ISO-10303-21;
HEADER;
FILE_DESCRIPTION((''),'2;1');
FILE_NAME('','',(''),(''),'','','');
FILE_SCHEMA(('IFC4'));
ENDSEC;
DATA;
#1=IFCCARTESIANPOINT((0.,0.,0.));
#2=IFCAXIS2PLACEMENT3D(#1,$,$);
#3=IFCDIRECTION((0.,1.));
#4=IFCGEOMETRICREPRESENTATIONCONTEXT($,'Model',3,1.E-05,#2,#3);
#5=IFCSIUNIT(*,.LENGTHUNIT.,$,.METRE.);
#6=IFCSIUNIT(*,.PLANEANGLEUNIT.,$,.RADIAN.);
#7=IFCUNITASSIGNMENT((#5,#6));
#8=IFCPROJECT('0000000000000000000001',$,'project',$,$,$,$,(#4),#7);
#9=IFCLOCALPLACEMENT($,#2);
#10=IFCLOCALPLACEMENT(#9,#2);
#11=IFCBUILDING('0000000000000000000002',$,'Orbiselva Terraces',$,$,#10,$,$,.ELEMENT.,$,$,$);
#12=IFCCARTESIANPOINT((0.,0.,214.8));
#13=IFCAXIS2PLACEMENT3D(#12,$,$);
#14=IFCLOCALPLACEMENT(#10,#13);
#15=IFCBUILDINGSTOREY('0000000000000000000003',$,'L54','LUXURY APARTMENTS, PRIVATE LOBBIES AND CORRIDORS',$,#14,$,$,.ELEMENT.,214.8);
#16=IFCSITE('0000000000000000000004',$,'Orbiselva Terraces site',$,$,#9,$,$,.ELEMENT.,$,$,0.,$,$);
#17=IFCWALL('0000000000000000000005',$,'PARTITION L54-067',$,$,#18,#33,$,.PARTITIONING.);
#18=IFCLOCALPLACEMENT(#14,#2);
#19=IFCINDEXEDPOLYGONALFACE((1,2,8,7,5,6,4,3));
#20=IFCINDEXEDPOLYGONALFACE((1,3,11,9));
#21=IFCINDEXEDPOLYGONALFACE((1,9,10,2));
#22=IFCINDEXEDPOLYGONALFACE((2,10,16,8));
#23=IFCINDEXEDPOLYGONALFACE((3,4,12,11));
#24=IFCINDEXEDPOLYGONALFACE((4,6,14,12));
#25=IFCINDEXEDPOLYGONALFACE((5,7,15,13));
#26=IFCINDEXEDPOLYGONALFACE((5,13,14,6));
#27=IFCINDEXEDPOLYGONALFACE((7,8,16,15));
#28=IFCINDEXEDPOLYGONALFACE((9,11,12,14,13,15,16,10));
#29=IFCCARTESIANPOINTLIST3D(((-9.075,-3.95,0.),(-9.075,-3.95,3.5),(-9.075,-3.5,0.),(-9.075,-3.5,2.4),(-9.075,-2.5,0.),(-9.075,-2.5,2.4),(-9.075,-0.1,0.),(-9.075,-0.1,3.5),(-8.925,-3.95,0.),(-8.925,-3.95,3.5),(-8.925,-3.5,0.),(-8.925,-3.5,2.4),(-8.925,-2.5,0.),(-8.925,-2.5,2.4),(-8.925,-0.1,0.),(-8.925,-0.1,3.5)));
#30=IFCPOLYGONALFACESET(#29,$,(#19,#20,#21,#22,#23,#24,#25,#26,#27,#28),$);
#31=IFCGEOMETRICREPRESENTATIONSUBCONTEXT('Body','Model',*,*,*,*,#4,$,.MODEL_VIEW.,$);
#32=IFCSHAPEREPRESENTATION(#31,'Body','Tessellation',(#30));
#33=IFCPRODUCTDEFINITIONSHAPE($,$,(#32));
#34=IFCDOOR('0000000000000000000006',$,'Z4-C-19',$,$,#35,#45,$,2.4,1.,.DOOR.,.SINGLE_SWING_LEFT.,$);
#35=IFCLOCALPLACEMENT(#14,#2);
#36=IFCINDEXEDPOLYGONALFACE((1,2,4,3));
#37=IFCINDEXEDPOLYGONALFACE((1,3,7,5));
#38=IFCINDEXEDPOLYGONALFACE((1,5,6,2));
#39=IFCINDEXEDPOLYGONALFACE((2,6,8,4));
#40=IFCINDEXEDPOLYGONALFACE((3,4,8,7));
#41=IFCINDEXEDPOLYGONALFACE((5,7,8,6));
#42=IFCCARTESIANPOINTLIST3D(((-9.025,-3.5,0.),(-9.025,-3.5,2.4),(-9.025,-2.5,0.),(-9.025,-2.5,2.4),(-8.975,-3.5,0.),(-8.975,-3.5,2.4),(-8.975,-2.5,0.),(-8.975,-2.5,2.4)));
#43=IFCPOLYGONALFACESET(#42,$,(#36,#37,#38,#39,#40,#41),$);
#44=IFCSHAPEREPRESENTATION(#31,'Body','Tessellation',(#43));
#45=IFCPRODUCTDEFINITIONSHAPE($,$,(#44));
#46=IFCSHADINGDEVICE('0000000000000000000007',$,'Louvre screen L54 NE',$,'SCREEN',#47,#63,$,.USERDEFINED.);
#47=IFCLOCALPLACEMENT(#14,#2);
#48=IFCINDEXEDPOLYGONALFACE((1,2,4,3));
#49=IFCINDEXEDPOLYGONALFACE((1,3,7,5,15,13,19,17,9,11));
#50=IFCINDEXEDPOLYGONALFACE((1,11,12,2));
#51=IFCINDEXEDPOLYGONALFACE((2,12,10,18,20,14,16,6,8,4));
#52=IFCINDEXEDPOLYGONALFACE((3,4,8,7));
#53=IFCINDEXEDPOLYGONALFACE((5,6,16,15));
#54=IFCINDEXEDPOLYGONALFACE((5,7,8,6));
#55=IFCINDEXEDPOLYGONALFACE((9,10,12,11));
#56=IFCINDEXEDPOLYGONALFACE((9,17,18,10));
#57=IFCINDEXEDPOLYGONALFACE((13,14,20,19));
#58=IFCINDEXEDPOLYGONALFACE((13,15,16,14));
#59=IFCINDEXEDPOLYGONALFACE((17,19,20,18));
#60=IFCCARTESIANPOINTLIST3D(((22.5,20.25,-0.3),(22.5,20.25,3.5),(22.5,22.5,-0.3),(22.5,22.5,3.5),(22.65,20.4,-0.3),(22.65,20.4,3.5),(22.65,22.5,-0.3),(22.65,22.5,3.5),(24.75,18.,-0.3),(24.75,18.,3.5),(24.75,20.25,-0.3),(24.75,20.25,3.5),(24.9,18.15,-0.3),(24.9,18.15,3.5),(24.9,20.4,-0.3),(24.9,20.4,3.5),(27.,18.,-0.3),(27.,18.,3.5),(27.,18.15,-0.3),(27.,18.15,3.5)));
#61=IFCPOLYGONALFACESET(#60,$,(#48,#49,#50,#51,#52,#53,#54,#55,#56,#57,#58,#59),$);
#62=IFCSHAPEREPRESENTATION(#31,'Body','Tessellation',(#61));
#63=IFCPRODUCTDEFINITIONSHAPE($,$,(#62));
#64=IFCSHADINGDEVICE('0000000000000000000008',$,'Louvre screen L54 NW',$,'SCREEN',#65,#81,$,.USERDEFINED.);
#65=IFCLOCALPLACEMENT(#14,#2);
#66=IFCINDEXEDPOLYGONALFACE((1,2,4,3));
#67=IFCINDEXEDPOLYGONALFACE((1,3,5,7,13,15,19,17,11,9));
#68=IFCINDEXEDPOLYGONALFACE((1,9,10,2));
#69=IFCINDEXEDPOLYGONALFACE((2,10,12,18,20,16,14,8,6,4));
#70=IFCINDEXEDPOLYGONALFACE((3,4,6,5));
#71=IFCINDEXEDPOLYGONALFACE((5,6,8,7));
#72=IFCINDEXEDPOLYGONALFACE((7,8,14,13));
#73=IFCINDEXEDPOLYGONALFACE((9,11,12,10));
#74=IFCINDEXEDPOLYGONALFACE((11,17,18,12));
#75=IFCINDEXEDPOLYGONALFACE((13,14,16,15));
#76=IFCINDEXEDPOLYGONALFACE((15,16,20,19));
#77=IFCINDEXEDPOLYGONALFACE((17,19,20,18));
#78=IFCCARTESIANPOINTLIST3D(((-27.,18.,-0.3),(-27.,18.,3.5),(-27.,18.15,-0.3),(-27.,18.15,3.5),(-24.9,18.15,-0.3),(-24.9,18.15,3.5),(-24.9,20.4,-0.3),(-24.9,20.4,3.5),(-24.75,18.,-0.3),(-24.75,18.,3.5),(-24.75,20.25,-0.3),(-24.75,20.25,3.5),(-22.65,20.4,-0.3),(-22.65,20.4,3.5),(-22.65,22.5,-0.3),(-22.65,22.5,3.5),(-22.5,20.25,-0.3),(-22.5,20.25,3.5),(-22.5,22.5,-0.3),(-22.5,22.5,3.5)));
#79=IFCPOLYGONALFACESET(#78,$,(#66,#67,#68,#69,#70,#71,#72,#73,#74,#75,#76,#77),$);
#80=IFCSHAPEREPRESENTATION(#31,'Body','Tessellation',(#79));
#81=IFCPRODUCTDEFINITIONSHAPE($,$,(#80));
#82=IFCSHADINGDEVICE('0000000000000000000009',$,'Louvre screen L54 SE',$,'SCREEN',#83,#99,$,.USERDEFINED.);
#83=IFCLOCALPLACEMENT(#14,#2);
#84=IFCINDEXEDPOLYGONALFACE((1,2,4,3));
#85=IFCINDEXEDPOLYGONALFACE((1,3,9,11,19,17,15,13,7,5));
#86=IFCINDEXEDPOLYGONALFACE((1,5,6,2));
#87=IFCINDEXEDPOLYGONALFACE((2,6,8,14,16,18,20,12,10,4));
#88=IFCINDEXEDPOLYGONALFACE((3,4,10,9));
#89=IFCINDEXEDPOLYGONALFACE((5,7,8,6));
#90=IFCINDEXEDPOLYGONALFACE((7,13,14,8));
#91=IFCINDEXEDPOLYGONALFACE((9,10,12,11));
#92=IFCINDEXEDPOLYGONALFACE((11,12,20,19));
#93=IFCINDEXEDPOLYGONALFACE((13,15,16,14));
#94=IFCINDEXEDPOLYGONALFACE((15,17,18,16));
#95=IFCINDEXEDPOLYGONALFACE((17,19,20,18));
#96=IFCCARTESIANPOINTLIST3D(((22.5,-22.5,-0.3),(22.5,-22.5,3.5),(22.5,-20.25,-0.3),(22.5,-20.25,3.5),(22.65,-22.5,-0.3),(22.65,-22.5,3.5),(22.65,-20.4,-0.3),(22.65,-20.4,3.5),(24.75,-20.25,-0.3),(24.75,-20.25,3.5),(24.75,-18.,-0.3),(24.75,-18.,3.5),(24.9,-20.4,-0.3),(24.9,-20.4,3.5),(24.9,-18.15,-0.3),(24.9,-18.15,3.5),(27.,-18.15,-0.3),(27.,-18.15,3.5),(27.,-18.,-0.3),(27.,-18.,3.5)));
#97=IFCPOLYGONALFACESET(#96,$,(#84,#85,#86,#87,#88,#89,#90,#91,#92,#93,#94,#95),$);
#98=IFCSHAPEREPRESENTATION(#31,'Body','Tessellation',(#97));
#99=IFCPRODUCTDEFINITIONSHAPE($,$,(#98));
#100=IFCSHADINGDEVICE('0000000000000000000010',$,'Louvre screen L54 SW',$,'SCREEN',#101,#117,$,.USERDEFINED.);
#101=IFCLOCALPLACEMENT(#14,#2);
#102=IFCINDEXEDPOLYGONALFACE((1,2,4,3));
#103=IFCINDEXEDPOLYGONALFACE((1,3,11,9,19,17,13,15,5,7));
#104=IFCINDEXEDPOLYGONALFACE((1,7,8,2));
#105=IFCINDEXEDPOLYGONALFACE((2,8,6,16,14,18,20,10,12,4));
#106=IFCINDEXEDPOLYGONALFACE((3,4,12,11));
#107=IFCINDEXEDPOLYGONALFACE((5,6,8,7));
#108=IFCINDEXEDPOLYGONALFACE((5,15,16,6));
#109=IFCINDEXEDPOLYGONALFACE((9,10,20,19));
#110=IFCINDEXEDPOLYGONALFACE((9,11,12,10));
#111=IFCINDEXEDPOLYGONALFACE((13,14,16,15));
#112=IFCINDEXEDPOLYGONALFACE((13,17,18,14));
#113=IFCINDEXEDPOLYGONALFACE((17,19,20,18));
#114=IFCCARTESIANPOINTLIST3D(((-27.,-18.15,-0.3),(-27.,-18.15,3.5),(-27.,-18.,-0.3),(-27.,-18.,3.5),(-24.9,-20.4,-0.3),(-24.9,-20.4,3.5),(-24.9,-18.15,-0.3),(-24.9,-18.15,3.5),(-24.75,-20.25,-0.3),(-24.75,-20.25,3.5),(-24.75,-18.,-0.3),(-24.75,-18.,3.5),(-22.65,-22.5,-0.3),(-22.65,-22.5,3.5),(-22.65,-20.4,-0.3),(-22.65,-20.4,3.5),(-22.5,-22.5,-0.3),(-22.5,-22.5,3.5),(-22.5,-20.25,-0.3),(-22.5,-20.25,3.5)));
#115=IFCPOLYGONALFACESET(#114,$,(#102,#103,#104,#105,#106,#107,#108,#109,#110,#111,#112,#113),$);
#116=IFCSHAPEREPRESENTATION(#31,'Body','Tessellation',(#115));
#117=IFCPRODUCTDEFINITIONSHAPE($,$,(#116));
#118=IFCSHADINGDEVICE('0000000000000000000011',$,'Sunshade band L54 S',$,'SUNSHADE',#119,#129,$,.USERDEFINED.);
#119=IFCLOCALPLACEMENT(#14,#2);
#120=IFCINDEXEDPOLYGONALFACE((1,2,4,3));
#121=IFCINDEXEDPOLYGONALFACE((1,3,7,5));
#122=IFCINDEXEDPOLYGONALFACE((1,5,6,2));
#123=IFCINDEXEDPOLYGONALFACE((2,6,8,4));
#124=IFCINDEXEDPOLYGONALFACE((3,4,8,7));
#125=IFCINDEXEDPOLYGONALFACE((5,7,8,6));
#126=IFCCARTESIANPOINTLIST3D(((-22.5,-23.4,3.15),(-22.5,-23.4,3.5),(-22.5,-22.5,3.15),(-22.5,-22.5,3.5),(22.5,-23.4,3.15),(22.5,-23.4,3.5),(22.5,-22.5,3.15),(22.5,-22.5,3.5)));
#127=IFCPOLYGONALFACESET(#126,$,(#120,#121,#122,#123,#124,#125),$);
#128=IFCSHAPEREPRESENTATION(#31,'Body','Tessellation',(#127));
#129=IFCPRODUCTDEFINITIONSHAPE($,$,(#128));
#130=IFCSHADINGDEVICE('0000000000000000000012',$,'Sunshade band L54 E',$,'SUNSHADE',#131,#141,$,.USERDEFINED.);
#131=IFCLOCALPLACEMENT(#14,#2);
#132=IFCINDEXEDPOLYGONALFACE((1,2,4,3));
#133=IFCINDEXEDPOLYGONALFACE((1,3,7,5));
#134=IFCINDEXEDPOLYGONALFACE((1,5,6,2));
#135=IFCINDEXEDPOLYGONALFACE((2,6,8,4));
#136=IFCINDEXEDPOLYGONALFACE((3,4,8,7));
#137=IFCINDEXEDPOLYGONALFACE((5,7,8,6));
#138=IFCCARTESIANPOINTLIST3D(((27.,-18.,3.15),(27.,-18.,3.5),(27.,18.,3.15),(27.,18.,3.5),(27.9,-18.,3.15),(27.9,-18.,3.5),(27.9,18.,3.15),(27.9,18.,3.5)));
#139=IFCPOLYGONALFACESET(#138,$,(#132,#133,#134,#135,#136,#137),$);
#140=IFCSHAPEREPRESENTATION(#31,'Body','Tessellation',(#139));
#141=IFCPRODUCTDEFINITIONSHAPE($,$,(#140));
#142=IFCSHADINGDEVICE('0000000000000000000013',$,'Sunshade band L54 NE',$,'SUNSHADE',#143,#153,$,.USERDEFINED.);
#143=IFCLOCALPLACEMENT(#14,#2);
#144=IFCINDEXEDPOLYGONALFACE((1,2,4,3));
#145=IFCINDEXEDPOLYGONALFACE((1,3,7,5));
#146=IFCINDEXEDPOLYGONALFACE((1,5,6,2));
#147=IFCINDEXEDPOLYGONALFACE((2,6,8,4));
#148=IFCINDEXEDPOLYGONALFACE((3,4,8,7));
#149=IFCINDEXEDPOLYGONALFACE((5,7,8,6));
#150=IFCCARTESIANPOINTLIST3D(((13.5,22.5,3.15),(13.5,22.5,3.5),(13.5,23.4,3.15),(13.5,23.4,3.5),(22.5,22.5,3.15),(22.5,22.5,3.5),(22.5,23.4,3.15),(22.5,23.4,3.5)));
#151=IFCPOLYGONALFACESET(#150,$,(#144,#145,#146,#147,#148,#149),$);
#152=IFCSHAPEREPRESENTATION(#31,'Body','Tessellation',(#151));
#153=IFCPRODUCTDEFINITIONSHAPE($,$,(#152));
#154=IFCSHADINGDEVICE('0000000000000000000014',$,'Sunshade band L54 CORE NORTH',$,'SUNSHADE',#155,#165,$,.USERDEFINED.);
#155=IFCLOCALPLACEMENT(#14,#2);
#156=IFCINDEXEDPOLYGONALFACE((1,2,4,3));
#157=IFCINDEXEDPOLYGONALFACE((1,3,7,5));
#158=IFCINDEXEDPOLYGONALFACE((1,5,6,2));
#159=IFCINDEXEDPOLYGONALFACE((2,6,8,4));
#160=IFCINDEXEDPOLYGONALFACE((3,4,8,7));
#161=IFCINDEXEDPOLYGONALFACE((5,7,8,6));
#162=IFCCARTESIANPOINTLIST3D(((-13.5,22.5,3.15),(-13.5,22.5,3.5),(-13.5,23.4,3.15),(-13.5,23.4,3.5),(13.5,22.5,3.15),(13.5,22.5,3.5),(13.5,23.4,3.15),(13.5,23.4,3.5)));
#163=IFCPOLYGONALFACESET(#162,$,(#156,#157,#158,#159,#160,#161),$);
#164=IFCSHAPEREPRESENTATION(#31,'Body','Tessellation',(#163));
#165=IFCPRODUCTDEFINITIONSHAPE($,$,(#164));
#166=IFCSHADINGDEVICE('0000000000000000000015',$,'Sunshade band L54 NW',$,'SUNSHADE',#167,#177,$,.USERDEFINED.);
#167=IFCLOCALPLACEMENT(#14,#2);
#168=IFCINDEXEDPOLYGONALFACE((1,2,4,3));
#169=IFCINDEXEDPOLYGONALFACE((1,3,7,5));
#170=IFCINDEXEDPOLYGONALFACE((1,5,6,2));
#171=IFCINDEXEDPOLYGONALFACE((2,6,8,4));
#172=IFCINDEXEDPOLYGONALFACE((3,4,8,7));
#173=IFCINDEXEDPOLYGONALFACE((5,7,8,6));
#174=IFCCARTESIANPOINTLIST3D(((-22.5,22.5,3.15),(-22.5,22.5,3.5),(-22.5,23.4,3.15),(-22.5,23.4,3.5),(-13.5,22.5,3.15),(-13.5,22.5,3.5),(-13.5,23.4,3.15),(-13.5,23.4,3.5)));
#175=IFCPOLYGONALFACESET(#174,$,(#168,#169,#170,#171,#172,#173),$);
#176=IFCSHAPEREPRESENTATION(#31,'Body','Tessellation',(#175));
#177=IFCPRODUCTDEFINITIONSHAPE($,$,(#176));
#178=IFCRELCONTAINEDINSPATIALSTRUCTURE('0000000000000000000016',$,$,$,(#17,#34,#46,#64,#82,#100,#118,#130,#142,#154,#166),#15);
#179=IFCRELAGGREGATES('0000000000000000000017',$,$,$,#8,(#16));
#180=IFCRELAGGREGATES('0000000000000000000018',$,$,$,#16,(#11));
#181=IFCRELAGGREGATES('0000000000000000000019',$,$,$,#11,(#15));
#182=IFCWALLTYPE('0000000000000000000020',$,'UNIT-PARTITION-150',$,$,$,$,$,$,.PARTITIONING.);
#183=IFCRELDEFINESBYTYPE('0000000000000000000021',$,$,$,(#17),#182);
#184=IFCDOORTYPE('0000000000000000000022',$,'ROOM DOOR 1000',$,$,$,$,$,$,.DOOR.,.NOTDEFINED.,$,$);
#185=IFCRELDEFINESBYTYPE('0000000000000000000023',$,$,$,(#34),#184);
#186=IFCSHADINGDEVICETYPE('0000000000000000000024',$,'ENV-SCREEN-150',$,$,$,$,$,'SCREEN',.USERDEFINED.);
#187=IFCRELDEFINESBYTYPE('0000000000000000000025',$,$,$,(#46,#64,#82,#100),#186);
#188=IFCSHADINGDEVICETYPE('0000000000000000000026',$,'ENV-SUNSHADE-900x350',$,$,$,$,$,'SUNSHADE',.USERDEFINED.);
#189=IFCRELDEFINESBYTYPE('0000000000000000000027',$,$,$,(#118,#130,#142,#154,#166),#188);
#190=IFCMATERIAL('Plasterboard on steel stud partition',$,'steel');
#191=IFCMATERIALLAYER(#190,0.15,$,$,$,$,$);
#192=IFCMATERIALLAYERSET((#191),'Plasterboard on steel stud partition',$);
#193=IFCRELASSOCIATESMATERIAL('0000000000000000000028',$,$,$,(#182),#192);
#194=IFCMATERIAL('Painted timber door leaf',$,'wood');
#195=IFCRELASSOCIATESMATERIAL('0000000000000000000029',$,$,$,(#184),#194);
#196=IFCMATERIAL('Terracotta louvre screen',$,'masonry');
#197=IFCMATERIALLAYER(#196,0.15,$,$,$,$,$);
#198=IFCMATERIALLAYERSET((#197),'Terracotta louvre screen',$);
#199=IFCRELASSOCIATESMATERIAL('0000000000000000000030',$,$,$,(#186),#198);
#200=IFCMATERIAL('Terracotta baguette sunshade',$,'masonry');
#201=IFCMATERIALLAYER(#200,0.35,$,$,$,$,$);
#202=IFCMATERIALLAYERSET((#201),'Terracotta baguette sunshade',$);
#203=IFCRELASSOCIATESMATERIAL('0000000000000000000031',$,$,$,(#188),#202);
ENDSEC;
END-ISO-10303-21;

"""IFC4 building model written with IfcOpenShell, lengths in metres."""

from ifc_helpers import new_model, si_unit, direction, frame, frame_2d, origin, place, context, subcontext, project, spatial, polyline, rectangle, outline, extrude, material, layer, layer_set, type_object, element, fill, save


model = new_model("IFC4")

# Units and contexts
model_context = context("Model", 3, precision=1e-05, world=origin(), true_north=direction((0.0, 1.0)))
body_context = subcontext(model_context, "Body", "Model", "MODEL_VIEW")
ifc_project = project(units=[si_unit("LENGTHUNIT", "METRE"), si_unit("PLANEANGLEUNIT", "RADIAN")], contexts=[model_context])

# Site, building, storey
site_placement = place(None, origin())
site = spatial("IfcSite", under=ifc_project, at=site_placement, Name="Orbiselva Terraces site", CompositionType="ELEMENT", RefElevation=0.0)
building_placement = place(site_placement, origin())
building = spatial("IfcBuilding", under=site, at=building_placement, Name="Orbiselva Terraces", CompositionType="ELEMENT")
storey_placement = place(building_placement, frame((0.0, 0.0, 214.8)))
storey = spatial("IfcBuildingStorey", under=building, at=storey_placement, Name="L54", Description="LUXURY APARTMENTS, PRIVATE LOBBIES AND CORRIDORS", CompositionType="ELEMENT", Elevation=214.8)

# Wall, opening, door
ifc_material_1 = material(Name="Plasterboard on steel stud partition", Category="steel")
ifc_layer_1 = layer(ifc_material_1, 0.15)
ifc_layer_set_1 = layer_set([ifc_layer_1], Name="Plasterboard on steel stud partition")
wall_type_1 = type_object("IfcWallType", Name="UNIT-PARTITION-150", PredefinedType="PARTITIONING", material=ifc_layer_set_1)
wall_1_placement = place(storey_placement, frame((-9.0, -3.95, 0.0), z_axis=(0.0, 0.0, 1.0), x_axis=(0.0, 1.0, 0.0)))
wall_1 = element("IfcWall", 1, at=wall_1_placement, inside=storey, type_object=wall_type_1, Name="PARTITION L54-067", PredefinedType="PARTITIONING", context=body_context, shape_type="SweptSolid", body=[
    extrude(rectangle(XDim=3.85, YDim=0.15, at=frame_2d((1.925, 0.0))), origin(), (0.0, 0.0, 1.0), 3.5),
])
opening_placement = place(wall_1_placement, frame((0.45, 0.0, 0.0)))
opening = element("IfcOpeningElement", 2, at=opening_placement, cuts=wall_1, PredefinedType="OPENING", context=body_context, shape_type="SweptSolid", body=[
    extrude(rectangle(XDim=1.0, YDim=2.4, at=frame_2d((0.5, 1.2))), frame((0.0, 0.085, 0.0), z_axis=(0.0, -1.0, 0.0), x_axis=(1.0, 0.0, 0.0)), (0.0, 0.0, 1.0), 0.17),
])
ifc_material_2 = material(Name="Painted timber door leaf", Category="wood")
door_type = type_object("IfcDoorType", Name="ROOM DOOR 1000", OperationType="NOTDEFINED", PredefinedType="DOOR", material=ifc_material_2)
door_placement = place(opening_placement, origin())
door = element("IfcDoor", 3, at=door_placement, inside=storey, type_object=door_type, Name="Z4-C-19", OperationType="SINGLE_SWING_LEFT", OverallHeight=2.4, OverallWidth=1.0, PredefinedType="DOOR", context=body_context, shape_type="SweptSolid", body=[
    extrude(rectangle(XDim=1.0, YDim=2.4, at=frame_2d((0.5, 1.2))), frame((0.0, 0.025, 0.0), z_axis=(0.0, -1.0, 0.0), x_axis=(1.0, 0.0, 0.0)), (0.0, 0.0, 1.0), 0.05),
])
fill(opening, door)

# Shading devices
ifc_material_3 = material(Name="Terracotta louvre screen", Category="masonry")
ifc_layer_2 = layer(ifc_material_3, 0.15)
ifc_layer_set_2 = layer_set([ifc_layer_2], Name="Terracotta louvre screen")
shading_device_type_1 = type_object("IfcShadingDeviceType", Name="ENV-SCREEN-150", ElementType="SCREEN", PredefinedType="USERDEFINED", material=ifc_layer_set_2)
shading_device_1_placement = place(storey_placement, frame((0.0, 0.0, -0.3)))
element("IfcShadingDevice", 4, at=shading_device_1_placement, inside=storey, type_object=shading_device_type_1, Name="Louvre screen L54 NE", ObjectType="SCREEN", PredefinedType="USERDEFINED", context=body_context, shape_type="SweptSolid", body=[
    extrude(outline(polyline([(27.0, 18.15), (24.9, 18.15), (24.9, 20.4), (22.65, 20.4), (22.65, 22.5), (22.5, 22.5), (22.5, 20.25), (24.75, 20.25), (24.75, 18.0), (27.0, 18.0), (27.0, 18.15)])), origin(), (0.0, 0.0, 1.0), 3.8),
])
shading_device_2_placement = place(storey_placement, frame((0.0, 0.0, -0.3)))
element("IfcShadingDevice", 5, at=shading_device_2_placement, inside=storey, type_object=shading_device_type_1, Name="Louvre screen L54 NW", ObjectType="SCREEN", PredefinedType="USERDEFINED", context=body_context, shape_type="SweptSolid", body=[
    extrude(outline(polyline([(-22.65, 22.5), (-22.65, 20.4), (-24.9, 20.4), (-24.9, 18.15), (-27.0, 18.15), (-27.0, 18.0), (-24.75, 18.0), (-24.75, 20.25), (-22.5, 20.25), (-22.5, 22.5), (-22.65, 22.5)])), origin(), (0.0, 0.0, 1.0), 3.8),
])
shading_device_3_placement = place(storey_placement, frame((0.0, 0.0, -0.3)))
element("IfcShadingDevice", 6, at=shading_device_3_placement, inside=storey, type_object=shading_device_type_1, Name="Louvre screen L54 SE", ObjectType="SCREEN", PredefinedType="USERDEFINED", context=body_context, shape_type="SweptSolid", body=[
    extrude(outline(polyline([(22.65, -22.5), (22.65, -20.4), (24.9, -20.4), (24.9, -18.15), (27.0, -18.15), (27.0, -18.0), (24.75, -18.0), (24.75, -20.25), (22.5, -20.25), (22.5, -22.5), (22.65, -22.5)])), origin(), (0.0, 0.0, 1.0), 3.8),
])
shading_device_4_placement = place(storey_placement, frame((0.0, 0.0, -0.3)))
element("IfcShadingDevice", 7, at=shading_device_4_placement, inside=storey, type_object=shading_device_type_1, Name="Louvre screen L54 SW", ObjectType="SCREEN", PredefinedType="USERDEFINED", context=body_context, shape_type="SweptSolid", body=[
    extrude(outline(polyline([(-27.0, -18.15), (-24.9, -18.15), (-24.9, -20.4), (-22.65, -20.4), (-22.65, -22.5), (-22.5, -22.5), (-22.5, -20.25), (-24.75, -20.25), (-24.75, -18.0), (-27.0, -18.0), (-27.0, -18.15)])), origin(), (0.0, 0.0, 1.0), 3.8),
])
ifc_material_4 = material(Name="Terracotta baguette sunshade", Category="masonry")
ifc_layer_3 = layer(ifc_material_4, 0.35)
ifc_layer_set_3 = layer_set([ifc_layer_3], Name="Terracotta baguette sunshade")
shading_device_type_2 = type_object("IfcShadingDeviceType", Name="ENV-SUNSHADE-900x350", ElementType="SUNSHADE", PredefinedType="USERDEFINED", material=ifc_layer_set_3)
shading_device_5_placement = place(storey_placement, frame((0.0, 0.0, 3.15)))
element("IfcShadingDevice", 8, at=shading_device_5_placement, inside=storey, type_object=shading_device_type_2, Name="Sunshade band L54 S", ObjectType="SUNSHADE", PredefinedType="USERDEFINED", context=body_context, shape_type="SweptSolid", body=[
    extrude(outline(polyline([(-22.5, -23.4), (22.5, -23.4), (22.5, -22.5), (-22.5, -22.5), (-22.5, -23.4)])), origin(), (0.0, 0.0, 1.0), 0.35),
])
shading_device_6_placement = place(storey_placement, frame((0.0, 0.0, 3.15)))
element("IfcShadingDevice", 9, at=shading_device_6_placement, inside=storey, type_object=shading_device_type_2, Name="Sunshade band L54 E", ObjectType="SUNSHADE", PredefinedType="USERDEFINED", context=body_context, shape_type="SweptSolid", body=[
    extrude(outline(polyline([(27.9, -18.0), (27.9, 18.0), (27.0, 18.0), (27.0, -18.0), (27.9, -18.0)])), origin(), (0.0, 0.0, 1.0), 0.35),
])
shading_device_7_placement = place(storey_placement, frame((0.0, 0.0, 3.15)))
element("IfcShadingDevice", 10, at=shading_device_7_placement, inside=storey, type_object=shading_device_type_2, Name="Sunshade band L54 NE", ObjectType="SUNSHADE", PredefinedType="USERDEFINED", context=body_context, shape_type="SweptSolid", body=[
    extrude(outline(polyline([(22.5, 23.4), (13.5, 23.4), (13.5, 22.5), (22.5, 22.5), (22.5, 23.4)])), origin(), (0.0, 0.0, 1.0), 0.35),
])
shading_device_8_placement = place(storey_placement, frame((0.0, 0.0, 3.15)))
element("IfcShadingDevice", 11, at=shading_device_8_placement, inside=storey, type_object=shading_device_type_2, Name="Sunshade band L54 CORE NORTH", ObjectType="SUNSHADE", PredefinedType="USERDEFINED", context=body_context, shape_type="SweptSolid", body=[
    extrude(outline(polyline([(13.5, 23.4), (-13.5, 23.4), (-13.5, 22.5), (13.5, 22.5), (13.5, 23.4)])), origin(), (0.0, 0.0, 1.0), 0.35),
])
shading_device_9_placement = place(storey_placement, frame((0.0, 0.0, 3.15)))
element("IfcShadingDevice", 12, at=shading_device_9_placement, inside=storey, type_object=shading_device_type_2, Name="Sunshade band L54 NW", ObjectType="SUNSHADE", PredefinedType="USERDEFINED", context=body_context, shape_type="SweptSolid", body=[
    extrude(outline(polyline([(-13.5, 23.4), (-22.5, 23.4), (-22.5, 22.5), (-13.5, 22.5), (-13.5, 23.4)])), origin(), (0.0, 0.0, 1.0), 0.35),
])

save(model, "model.ifc")
